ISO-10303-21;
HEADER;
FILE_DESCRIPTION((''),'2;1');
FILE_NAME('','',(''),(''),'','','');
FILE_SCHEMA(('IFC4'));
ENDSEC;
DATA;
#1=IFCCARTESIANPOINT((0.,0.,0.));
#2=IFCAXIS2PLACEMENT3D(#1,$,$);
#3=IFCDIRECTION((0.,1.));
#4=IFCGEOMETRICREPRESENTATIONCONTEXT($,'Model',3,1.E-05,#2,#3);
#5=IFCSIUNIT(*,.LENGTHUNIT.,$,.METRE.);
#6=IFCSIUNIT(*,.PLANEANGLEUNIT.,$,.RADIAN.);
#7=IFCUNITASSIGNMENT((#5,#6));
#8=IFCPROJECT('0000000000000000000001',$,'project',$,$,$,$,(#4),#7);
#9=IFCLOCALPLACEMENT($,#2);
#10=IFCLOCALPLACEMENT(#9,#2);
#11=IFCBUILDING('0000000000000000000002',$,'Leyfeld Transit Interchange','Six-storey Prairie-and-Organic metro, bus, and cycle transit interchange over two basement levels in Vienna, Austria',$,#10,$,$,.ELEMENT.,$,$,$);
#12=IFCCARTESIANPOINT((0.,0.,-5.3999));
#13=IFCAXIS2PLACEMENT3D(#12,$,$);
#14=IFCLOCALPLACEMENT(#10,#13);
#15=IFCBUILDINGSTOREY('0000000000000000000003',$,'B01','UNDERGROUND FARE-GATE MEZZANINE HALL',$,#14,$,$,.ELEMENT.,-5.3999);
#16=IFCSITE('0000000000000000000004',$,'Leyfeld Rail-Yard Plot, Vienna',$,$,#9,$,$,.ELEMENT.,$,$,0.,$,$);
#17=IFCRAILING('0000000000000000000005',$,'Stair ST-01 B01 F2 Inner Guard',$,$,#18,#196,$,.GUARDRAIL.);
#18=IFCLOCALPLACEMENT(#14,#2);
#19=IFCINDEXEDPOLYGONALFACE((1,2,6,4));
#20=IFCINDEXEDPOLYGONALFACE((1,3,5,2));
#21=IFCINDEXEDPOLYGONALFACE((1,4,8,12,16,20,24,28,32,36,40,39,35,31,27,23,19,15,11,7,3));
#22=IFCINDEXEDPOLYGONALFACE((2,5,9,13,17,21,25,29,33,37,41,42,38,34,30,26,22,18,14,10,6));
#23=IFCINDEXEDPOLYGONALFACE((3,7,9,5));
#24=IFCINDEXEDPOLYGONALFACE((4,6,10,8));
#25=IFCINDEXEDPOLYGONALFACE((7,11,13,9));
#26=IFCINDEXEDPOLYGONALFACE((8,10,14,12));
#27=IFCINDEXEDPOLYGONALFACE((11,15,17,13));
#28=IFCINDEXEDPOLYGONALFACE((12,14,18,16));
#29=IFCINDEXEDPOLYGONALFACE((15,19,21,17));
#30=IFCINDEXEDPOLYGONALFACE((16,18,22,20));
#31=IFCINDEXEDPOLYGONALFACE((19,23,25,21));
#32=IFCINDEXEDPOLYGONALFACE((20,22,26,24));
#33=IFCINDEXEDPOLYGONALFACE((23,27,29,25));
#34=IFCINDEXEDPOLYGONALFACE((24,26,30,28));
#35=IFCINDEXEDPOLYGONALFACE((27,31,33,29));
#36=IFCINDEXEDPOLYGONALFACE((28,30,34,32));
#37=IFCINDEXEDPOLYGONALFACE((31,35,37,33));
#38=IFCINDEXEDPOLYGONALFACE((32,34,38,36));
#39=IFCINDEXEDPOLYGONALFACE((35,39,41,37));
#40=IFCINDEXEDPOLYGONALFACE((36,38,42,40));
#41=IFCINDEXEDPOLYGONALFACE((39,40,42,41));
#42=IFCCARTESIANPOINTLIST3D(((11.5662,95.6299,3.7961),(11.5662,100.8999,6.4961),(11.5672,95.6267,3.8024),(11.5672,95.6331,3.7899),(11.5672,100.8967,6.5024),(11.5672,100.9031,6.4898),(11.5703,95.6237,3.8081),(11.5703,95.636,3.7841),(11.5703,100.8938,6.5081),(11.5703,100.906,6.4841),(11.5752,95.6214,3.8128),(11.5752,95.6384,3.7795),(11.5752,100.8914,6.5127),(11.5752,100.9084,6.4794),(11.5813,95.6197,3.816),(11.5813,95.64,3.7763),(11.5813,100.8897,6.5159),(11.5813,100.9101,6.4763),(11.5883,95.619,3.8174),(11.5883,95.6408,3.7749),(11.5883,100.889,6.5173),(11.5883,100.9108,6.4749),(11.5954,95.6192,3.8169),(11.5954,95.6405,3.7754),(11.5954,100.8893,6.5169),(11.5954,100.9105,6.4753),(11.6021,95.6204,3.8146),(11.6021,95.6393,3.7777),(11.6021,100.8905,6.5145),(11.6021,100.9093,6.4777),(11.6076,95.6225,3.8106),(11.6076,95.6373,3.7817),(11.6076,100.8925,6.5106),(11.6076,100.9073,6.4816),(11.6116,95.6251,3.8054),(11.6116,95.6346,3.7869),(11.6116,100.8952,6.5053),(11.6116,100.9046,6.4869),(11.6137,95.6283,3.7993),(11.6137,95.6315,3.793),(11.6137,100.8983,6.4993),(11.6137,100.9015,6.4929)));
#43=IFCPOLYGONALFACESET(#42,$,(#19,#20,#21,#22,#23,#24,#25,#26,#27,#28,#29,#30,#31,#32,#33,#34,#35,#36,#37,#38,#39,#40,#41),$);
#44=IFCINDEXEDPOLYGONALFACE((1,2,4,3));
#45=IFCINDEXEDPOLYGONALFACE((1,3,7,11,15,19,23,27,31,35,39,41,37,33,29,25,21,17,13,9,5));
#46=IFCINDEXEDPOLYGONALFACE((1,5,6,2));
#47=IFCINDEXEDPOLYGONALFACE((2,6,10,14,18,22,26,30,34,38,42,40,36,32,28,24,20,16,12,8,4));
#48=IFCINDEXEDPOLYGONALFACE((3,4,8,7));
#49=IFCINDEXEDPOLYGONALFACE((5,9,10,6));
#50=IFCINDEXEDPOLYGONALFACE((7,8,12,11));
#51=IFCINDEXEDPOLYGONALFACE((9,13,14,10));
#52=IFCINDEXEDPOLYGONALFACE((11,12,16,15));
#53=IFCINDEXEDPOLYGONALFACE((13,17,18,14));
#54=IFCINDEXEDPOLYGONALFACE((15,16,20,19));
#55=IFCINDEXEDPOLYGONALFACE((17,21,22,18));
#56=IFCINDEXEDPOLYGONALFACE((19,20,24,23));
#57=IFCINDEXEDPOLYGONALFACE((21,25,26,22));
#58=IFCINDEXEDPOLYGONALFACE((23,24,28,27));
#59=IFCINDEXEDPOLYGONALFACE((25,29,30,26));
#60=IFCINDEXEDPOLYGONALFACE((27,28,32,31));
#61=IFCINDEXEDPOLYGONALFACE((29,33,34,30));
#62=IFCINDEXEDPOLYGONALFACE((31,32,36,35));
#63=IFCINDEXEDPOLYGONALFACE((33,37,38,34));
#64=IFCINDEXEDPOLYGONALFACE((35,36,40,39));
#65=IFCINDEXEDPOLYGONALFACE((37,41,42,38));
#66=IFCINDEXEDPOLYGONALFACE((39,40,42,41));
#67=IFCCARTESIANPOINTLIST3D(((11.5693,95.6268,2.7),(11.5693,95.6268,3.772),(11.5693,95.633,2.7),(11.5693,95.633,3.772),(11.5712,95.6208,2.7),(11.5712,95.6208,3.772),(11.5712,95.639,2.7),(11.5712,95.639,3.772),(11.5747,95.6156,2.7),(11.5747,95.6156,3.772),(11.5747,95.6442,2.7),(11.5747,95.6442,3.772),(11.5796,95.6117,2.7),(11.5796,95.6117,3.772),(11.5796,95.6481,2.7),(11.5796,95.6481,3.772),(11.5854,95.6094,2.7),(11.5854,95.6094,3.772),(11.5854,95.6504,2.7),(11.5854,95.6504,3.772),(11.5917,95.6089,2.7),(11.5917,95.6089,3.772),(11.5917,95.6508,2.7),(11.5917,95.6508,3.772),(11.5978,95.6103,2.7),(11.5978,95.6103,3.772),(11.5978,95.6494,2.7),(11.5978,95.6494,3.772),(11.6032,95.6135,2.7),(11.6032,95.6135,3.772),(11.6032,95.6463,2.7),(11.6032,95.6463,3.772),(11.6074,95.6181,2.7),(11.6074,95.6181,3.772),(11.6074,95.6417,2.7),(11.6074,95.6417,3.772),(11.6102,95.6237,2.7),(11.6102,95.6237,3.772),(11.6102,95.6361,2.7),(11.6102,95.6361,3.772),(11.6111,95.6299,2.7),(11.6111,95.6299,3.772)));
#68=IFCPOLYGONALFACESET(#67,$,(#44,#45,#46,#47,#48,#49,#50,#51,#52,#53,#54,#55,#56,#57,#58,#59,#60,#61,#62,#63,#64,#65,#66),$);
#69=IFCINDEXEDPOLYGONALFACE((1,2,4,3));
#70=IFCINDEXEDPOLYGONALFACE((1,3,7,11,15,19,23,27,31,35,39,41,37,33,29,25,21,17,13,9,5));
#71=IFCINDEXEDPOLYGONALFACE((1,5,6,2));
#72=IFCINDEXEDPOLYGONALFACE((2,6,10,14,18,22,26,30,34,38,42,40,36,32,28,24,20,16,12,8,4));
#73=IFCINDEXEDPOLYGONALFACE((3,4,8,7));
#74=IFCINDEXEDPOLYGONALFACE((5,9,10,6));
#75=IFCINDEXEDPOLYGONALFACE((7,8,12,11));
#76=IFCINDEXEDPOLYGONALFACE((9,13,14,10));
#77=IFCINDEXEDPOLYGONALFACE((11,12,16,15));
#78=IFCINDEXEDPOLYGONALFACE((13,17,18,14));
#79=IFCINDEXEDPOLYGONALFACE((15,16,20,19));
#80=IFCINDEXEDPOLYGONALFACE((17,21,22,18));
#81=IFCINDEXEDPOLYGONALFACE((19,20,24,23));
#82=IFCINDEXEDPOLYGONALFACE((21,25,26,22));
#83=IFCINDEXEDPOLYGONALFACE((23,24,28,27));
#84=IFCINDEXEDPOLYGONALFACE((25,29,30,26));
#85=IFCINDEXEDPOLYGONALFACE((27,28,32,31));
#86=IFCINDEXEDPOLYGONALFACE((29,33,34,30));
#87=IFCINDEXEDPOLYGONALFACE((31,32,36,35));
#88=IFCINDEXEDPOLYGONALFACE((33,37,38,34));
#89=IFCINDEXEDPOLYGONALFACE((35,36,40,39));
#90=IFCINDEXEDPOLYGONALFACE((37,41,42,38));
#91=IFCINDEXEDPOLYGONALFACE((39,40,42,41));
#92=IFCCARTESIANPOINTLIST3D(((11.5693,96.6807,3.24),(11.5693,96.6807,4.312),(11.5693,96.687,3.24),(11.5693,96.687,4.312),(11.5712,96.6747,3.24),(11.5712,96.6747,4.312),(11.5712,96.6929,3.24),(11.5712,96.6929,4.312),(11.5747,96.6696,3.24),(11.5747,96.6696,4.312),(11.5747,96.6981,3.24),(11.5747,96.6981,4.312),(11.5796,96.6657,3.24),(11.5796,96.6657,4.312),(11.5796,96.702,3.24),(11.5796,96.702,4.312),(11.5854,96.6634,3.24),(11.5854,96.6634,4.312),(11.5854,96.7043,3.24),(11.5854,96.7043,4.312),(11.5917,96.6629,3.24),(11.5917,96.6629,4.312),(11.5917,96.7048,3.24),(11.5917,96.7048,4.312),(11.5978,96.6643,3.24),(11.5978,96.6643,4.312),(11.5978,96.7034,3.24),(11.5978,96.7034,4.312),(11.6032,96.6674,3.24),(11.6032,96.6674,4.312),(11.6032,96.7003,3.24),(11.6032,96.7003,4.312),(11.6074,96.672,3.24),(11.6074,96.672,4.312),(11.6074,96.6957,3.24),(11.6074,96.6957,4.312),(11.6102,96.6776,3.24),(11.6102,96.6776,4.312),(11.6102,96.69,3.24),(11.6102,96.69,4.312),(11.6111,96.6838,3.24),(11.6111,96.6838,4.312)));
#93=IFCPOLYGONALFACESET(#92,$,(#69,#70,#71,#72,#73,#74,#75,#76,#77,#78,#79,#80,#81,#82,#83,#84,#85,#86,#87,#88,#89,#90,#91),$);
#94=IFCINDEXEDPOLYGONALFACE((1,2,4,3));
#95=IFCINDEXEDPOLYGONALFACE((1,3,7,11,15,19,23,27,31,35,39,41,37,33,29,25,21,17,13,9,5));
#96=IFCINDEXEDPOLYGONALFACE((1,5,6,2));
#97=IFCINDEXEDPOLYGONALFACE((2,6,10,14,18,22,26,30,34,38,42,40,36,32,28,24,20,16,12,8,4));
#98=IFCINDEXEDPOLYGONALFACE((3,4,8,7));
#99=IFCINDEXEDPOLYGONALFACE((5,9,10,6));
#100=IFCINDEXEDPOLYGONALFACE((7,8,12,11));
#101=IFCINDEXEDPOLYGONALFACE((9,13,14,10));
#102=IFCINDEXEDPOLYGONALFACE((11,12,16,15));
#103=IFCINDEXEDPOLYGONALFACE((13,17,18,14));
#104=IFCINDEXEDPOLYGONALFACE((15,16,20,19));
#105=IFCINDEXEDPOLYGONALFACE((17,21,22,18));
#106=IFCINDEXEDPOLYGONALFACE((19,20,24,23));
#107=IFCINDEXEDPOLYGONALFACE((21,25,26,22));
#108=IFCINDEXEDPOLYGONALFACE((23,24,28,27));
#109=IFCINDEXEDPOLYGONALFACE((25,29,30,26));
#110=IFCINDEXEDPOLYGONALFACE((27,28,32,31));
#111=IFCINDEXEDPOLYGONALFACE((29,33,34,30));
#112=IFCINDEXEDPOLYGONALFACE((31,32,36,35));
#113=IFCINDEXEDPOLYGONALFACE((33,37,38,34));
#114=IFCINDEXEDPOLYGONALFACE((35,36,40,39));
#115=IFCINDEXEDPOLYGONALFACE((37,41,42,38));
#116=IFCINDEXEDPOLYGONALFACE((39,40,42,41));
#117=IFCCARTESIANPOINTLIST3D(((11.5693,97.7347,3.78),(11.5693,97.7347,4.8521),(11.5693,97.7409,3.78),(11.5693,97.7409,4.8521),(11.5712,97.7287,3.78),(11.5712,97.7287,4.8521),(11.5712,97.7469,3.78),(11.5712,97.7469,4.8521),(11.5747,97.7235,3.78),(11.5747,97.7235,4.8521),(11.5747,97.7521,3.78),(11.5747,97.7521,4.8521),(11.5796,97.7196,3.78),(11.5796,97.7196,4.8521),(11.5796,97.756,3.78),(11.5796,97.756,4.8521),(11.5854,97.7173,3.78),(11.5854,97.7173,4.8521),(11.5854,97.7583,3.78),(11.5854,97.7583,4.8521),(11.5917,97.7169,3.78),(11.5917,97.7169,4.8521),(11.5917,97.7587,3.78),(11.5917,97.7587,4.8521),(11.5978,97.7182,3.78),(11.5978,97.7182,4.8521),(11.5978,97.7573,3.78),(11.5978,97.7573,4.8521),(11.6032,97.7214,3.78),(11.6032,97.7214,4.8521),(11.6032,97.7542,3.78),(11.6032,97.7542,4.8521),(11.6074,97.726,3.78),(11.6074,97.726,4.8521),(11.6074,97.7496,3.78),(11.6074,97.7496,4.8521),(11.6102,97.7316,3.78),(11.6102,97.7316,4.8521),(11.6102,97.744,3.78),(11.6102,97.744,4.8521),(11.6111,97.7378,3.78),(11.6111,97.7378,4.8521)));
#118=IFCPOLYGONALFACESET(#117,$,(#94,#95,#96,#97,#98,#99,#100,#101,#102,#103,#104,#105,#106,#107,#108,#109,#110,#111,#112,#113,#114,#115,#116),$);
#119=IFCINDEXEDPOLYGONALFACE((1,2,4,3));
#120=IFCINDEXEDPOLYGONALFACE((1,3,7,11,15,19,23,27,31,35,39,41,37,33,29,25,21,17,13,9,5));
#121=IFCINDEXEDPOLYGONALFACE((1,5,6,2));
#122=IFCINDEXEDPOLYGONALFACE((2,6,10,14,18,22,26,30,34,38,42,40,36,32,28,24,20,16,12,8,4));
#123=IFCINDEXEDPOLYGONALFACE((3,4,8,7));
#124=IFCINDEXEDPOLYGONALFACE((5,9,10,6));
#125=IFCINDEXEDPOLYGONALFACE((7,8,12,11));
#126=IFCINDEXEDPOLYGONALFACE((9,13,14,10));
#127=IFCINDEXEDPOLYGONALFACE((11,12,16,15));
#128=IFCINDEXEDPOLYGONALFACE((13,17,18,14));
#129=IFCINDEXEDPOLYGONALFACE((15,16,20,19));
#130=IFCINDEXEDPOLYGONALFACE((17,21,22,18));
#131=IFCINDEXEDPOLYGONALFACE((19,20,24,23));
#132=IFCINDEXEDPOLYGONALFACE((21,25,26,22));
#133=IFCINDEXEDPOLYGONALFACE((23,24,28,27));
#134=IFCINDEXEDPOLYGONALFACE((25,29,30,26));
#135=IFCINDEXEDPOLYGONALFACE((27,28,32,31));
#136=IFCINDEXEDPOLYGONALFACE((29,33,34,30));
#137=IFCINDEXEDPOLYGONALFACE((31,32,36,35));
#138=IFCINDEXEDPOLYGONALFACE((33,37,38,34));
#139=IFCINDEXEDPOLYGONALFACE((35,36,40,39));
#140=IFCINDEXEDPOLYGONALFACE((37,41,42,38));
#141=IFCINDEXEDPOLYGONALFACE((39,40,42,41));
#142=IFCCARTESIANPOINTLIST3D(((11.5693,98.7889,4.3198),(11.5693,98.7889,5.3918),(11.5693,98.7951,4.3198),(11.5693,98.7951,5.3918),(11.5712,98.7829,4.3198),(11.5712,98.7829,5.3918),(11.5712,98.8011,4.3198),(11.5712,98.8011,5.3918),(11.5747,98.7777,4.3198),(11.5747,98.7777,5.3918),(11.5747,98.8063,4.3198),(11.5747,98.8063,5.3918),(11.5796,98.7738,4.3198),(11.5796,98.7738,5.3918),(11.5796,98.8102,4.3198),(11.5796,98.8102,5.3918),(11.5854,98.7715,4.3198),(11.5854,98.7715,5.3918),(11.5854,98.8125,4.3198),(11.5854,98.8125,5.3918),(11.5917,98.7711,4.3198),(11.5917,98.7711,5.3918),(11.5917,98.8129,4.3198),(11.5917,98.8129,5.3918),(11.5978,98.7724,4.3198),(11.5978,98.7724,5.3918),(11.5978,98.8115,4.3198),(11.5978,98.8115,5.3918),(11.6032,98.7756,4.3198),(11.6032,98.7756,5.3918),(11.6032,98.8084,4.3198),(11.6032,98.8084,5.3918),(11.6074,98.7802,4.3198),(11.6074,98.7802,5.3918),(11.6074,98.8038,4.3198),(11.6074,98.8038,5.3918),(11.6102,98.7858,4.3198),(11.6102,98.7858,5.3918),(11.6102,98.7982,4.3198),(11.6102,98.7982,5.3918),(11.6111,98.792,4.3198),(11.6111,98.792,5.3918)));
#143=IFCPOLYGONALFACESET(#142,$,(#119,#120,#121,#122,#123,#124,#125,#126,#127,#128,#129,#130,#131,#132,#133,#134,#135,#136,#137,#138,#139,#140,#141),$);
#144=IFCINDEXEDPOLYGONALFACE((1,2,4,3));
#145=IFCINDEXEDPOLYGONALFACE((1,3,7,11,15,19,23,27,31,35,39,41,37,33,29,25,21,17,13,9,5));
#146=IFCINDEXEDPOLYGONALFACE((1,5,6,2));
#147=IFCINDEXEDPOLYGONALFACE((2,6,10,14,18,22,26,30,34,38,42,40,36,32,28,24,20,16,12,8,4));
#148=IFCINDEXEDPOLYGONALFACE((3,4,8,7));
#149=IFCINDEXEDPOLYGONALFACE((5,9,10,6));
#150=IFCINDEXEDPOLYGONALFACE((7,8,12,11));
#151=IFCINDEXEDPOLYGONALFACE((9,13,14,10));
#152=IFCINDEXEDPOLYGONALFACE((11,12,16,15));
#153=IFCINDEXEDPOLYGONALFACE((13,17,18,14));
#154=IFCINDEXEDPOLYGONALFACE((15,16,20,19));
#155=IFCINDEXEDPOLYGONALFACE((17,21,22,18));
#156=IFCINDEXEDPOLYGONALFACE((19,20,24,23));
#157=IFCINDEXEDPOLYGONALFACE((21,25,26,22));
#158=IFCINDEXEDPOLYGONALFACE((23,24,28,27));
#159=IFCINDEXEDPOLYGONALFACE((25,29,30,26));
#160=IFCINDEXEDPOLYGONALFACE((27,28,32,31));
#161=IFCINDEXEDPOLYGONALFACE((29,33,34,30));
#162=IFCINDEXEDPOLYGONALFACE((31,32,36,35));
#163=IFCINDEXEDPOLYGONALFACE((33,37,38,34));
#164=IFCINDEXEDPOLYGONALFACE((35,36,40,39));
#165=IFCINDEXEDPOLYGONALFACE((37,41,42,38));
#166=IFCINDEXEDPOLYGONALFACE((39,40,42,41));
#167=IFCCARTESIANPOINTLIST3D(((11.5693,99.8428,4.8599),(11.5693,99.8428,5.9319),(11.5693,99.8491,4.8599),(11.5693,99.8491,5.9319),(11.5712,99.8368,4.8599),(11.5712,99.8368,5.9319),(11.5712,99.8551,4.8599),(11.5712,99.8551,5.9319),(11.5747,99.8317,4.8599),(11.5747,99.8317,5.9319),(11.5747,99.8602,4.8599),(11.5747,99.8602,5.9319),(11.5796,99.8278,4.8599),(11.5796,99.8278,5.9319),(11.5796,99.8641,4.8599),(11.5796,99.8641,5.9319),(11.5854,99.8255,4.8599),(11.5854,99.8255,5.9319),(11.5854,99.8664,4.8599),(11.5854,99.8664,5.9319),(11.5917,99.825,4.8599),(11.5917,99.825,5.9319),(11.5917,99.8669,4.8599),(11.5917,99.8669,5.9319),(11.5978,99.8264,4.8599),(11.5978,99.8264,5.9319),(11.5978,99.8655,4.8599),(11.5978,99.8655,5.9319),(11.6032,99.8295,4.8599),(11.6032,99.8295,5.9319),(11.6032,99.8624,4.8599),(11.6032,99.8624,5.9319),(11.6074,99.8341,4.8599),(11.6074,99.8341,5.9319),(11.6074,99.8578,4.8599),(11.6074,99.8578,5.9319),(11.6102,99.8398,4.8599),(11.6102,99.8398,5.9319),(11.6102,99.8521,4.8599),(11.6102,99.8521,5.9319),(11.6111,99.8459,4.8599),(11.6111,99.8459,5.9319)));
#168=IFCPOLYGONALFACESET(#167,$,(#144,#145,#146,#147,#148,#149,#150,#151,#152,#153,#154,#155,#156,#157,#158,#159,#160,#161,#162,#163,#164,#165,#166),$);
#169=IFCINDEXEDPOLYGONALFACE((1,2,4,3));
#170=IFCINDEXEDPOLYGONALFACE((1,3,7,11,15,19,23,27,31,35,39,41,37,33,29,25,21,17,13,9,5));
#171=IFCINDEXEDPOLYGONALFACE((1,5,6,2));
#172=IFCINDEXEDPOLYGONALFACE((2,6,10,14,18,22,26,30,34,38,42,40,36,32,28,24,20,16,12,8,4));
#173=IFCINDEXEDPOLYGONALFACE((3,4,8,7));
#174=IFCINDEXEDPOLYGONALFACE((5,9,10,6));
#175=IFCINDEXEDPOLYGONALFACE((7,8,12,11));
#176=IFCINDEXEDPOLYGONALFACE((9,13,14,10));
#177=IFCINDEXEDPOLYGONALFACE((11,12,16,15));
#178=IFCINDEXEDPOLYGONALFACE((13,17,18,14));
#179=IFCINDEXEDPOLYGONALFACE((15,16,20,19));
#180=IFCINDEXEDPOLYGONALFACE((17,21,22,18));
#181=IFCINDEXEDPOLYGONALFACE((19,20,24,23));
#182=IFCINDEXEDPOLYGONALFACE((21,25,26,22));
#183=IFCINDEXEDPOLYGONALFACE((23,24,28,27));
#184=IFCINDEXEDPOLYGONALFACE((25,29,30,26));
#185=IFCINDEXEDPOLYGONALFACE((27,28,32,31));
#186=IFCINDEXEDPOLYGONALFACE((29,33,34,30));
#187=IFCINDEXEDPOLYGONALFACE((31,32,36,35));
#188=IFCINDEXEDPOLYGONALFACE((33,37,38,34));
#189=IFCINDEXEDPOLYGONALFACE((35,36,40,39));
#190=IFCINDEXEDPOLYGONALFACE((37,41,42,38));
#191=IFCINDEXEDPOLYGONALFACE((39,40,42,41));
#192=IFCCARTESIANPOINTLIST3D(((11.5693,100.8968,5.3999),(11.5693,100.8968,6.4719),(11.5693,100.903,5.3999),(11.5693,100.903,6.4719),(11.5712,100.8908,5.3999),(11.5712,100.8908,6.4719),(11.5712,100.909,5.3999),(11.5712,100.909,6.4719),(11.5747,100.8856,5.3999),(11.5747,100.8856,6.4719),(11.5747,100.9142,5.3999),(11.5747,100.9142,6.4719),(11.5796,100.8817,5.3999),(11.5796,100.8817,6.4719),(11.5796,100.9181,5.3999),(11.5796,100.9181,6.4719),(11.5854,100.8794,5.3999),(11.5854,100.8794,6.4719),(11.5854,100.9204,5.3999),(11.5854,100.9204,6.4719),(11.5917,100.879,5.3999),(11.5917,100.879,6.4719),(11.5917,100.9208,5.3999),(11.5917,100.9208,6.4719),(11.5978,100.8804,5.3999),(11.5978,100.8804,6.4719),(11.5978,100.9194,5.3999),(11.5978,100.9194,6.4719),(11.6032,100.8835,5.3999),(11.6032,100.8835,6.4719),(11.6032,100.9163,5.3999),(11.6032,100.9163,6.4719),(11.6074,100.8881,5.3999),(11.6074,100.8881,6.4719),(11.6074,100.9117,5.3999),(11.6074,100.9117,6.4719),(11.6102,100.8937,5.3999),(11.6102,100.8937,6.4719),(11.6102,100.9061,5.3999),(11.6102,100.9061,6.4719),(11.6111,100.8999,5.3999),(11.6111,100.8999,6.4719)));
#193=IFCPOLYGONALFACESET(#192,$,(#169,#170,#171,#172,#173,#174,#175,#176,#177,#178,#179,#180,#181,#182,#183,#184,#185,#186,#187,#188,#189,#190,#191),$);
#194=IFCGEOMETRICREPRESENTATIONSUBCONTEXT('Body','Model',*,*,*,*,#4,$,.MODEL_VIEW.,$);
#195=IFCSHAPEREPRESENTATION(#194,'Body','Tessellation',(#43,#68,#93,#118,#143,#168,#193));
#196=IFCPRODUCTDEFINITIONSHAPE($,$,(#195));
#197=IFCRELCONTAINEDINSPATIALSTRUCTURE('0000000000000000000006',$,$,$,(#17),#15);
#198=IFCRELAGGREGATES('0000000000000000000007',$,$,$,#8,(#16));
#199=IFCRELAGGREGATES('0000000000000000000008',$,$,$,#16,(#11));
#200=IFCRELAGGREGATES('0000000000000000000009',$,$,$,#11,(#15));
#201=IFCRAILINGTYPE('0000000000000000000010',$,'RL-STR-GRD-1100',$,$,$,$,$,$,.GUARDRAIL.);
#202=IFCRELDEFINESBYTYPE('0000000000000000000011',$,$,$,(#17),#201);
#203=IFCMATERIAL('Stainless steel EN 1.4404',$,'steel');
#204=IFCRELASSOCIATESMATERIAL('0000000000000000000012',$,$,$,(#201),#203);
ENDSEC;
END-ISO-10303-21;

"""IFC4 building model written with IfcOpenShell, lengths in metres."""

from ifc_helpers import new_model, si_unit, direction, frame, origin, origin_2d, place, context, subcontext, project, spatial, circle, extrude, material, type_object, element, save


model = new_model("IFC4")

# Units and contexts
model_context = context("Model", 3, precision=1e-05, world=origin(), true_north=direction((0.0, 1.0)))
body_context = subcontext(model_context, "Body", "Model", "MODEL_VIEW")
ifc_project = project(units=[si_unit("LENGTHUNIT", "METRE"), si_unit("PLANEANGLEUNIT", "RADIAN")], contexts=[model_context])

# Site, building, storey
site_placement = place(None, origin())
site = spatial("IfcSite", under=ifc_project, at=site_placement, Name="Leyfeld Rail-Yard Plot, Vienna", CompositionType="ELEMENT", RefElevation=0.0)
building_placement = place(site_placement, origin())
building = spatial("IfcBuilding", under=site, at=building_placement, Name="Leyfeld Transit Interchange", Description="Six-storey Prairie-and-Organic metro, bus, and cycle transit interchange over two basement levels in Vienna, Austria", CompositionType="ELEMENT")
storey_placement = place(building_placement, frame((0.0, 0.0, -5.3999)))
storey = spatial("IfcBuildingStorey", under=building, at=storey_placement, Name="B01", Description="UNDERGROUND FARE-GATE MEZZANINE HALL", CompositionType="ELEMENT", Elevation=-5.3999)

# Railing
ifc_material_1 = material(Name="Stainless steel EN 1.4404", Category="steel")
railing_type_1 = type_object("IfcRailingType", Name="RL-STR-GRD-1100", PredefinedType="GUARDRAIL", material=ifc_material_1)
for number, where, name in (
    (1, (11.5901, 95.6299, 2.7), "Stair ST-01 B01 F2 Inner Guard"),
):
    element("IfcRailing", number, at=place(storey_placement, frame(where)), inside=storey, type_object=railing_type_1, Name=name, PredefinedType="GUARDRAIL", context=body_context, shape_type="SweptSolid", body=[
        extrude(circle(Radius=0.0239, at=origin_2d()), frame((0.0, 0.0, 1.0962), z_axis=(0.0, 0.889997, 0.455966), x_axis=(-1.0, 0.0, 0.0)), (0.0, 0.0, 1.0), 5.9214),
        extrude(circle(Radius=0.021, at=origin_2d()), origin(), (0.0, 0.0, 1.0), 1.072),
        extrude(circle(Radius=0.021, at=origin_2d()), frame((0.0, 1.054, 0.54)), (0.0, 0.0, 1.0), 1.072),
        extrude(circle(Radius=0.021, at=origin_2d()), frame((0.0, 2.1079, 1.0801)), (0.0, 0.0, 1.0), 1.072),
        extrude(circle(Radius=0.021, at=origin_2d()), frame((0.0, 3.1621, 1.6199)), (0.0, 0.0, 1.0), 1.072),
        extrude(circle(Radius=0.021, at=origin_2d()), frame((0.0, 4.2161, 2.1599)), (0.0, 0.0, 1.0), 1.072),
        extrude(circle(Radius=0.021, at=origin_2d()), frame((0.0, 5.27, 2.7)), (0.0, 0.0, 1.0), 1.072),
    ])

save(model, "model.ifc")
